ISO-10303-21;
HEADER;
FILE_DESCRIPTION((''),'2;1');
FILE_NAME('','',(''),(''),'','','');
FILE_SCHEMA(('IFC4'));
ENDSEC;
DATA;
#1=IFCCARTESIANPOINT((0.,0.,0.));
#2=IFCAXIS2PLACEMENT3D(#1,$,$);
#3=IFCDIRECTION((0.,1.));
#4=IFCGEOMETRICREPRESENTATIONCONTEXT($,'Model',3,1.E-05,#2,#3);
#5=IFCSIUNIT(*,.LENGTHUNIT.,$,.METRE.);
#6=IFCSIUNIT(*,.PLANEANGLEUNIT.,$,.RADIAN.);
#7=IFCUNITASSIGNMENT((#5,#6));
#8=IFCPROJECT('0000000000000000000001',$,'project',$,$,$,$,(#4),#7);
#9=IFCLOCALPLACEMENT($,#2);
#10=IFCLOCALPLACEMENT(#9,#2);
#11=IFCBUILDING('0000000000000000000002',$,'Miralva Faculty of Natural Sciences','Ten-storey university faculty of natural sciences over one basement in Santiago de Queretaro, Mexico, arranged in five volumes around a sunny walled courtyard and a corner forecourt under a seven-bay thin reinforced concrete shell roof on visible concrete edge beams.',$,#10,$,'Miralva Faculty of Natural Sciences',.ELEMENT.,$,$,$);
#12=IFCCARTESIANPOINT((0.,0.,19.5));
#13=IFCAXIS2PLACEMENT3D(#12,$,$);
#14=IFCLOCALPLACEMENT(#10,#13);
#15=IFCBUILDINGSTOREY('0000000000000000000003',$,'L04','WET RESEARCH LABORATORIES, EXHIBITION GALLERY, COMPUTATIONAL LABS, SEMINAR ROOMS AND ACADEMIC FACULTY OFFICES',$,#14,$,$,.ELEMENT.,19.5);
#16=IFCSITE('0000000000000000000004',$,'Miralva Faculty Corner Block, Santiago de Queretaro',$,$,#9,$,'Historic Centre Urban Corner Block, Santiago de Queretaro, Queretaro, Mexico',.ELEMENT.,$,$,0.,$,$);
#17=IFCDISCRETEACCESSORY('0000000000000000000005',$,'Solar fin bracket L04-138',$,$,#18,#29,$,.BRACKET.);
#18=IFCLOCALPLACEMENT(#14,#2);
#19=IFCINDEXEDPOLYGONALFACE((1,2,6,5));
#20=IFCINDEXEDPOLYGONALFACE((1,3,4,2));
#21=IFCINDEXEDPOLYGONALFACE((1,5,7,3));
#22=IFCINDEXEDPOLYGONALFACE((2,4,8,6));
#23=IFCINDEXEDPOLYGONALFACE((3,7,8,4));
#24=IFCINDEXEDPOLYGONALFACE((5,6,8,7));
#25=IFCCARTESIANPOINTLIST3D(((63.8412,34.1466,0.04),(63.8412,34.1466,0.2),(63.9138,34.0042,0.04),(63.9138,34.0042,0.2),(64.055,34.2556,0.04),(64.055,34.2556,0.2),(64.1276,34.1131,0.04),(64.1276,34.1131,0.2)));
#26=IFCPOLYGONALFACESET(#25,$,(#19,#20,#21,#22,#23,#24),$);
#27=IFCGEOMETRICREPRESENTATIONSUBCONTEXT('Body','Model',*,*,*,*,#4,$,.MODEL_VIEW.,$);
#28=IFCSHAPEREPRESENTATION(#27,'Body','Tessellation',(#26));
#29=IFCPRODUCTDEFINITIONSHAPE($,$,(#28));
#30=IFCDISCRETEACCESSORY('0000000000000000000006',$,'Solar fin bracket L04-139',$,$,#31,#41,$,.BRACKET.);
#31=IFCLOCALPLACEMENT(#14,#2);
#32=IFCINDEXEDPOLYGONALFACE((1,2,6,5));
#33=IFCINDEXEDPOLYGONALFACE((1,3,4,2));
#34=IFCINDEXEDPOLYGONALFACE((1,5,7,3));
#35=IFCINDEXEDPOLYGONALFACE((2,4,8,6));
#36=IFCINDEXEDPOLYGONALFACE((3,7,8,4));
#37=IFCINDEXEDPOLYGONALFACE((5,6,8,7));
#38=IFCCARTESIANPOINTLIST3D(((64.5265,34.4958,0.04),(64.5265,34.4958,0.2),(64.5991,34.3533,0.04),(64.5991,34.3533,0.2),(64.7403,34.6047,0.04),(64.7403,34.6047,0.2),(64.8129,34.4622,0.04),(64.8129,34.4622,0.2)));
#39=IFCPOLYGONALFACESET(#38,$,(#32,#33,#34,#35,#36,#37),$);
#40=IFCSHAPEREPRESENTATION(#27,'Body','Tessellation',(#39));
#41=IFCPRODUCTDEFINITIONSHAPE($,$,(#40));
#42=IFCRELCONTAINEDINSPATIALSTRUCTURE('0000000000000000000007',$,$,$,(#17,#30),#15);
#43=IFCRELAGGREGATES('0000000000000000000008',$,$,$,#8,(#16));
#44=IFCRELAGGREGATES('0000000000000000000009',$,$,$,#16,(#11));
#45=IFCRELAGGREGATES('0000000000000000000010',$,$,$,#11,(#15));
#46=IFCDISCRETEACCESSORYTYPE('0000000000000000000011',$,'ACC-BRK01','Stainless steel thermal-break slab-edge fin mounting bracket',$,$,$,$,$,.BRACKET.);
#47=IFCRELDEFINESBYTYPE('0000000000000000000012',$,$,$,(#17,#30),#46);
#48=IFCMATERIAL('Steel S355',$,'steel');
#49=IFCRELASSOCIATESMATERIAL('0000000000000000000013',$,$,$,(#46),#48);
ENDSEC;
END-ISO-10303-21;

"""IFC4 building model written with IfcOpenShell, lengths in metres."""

from ifc_helpers import new_model, si_unit, direction, frame, origin, origin_2d, place, context, subcontext, project, spatial, rectangle, extrude, material, type_object, element, save


model = new_model("IFC4")

# Units and contexts
model_context = context("Model", 3, precision=1e-05, world=origin(), true_north=direction((0.0, 1.0)))
body_context = subcontext(model_context, "Body", "Model", "MODEL_VIEW")
ifc_project = project(units=[si_unit("LENGTHUNIT", "METRE"), si_unit("PLANEANGLEUNIT", "RADIAN")], contexts=[model_context])

# Site, building, storey
site_placement = place(None, origin())
site = spatial("IfcSite", under=ifc_project, at=site_placement, Name="Miralva Faculty Corner Block, Santiago de Queretaro", LongName="Historic Centre Urban Corner Block, Santiago de Queretaro, Queretaro, Mexico", CompositionType="ELEMENT", RefElevation=0.0)
building_placement = place(site_placement, origin())
building = spatial("IfcBuilding", under=site, at=building_placement, Name="Miralva Faculty of Natural Sciences", Description="Ten-storey university faculty of natural sciences over one basement in Santiago de Queretaro, Mexico, arranged in five volumes around a sunny walled courtyard and a corner forecourt under a seven-bay thin reinforced concrete shell roof on visible concrete edge beams.", LongName="Miralva Faculty of Natural Sciences", CompositionType="ELEMENT")
storey_placement = place(building_placement, frame((0.0, 0.0, 19.5)))
storey = spatial("IfcBuildingStorey", under=building, at=storey_placement, Name="L04", Description="WET RESEARCH LABORATORIES, EXHIBITION GALLERY, COMPUTATIONAL LABS, SEMINAR ROOMS AND ACADEMIC FACULTY OFFICES", CompositionType="ELEMENT", Elevation=19.5)

# Discrete accessories
ifc_material_1 = material(Name="Steel S355", Category="steel")
discrete_accessory_type = type_object("IfcDiscreteAccessoryType", Name="ACC-BRK01", Description="Stainless steel thermal-break slab-edge fin mounting bracket", PredefinedType="BRACKET", material=ifc_material_1)
for number, where, z_axis, x_axis, name in (
    (1, (63.9844, 34.1299, 0.04), (0.0, 0.0, 1.0), (-0.45399, 0.891007, 0.0), "Solar fin bracket L04-138"),
    (2, (64.6697, 34.479, 0.04), (0.0, 0.0, 1.0), (-0.45399, 0.891007, 0.0), "Solar fin bracket L04-139"),
):
    element("IfcDiscreteAccessory", number, at=place(storey_placement, frame(where, z_axis=z_axis, x_axis=x_axis)), inside=storey, type_object=discrete_accessory_type, Name=name, PredefinedType="BRACKET", context=body_context, shape_type="SweptSolid", body=[
        extrude(rectangle(XDim=0.1599, YDim=0.24, at=origin_2d()), origin(), (0.0, 0.0, 1.0), 0.1599),
    ])

save(model, "model.ifc")
